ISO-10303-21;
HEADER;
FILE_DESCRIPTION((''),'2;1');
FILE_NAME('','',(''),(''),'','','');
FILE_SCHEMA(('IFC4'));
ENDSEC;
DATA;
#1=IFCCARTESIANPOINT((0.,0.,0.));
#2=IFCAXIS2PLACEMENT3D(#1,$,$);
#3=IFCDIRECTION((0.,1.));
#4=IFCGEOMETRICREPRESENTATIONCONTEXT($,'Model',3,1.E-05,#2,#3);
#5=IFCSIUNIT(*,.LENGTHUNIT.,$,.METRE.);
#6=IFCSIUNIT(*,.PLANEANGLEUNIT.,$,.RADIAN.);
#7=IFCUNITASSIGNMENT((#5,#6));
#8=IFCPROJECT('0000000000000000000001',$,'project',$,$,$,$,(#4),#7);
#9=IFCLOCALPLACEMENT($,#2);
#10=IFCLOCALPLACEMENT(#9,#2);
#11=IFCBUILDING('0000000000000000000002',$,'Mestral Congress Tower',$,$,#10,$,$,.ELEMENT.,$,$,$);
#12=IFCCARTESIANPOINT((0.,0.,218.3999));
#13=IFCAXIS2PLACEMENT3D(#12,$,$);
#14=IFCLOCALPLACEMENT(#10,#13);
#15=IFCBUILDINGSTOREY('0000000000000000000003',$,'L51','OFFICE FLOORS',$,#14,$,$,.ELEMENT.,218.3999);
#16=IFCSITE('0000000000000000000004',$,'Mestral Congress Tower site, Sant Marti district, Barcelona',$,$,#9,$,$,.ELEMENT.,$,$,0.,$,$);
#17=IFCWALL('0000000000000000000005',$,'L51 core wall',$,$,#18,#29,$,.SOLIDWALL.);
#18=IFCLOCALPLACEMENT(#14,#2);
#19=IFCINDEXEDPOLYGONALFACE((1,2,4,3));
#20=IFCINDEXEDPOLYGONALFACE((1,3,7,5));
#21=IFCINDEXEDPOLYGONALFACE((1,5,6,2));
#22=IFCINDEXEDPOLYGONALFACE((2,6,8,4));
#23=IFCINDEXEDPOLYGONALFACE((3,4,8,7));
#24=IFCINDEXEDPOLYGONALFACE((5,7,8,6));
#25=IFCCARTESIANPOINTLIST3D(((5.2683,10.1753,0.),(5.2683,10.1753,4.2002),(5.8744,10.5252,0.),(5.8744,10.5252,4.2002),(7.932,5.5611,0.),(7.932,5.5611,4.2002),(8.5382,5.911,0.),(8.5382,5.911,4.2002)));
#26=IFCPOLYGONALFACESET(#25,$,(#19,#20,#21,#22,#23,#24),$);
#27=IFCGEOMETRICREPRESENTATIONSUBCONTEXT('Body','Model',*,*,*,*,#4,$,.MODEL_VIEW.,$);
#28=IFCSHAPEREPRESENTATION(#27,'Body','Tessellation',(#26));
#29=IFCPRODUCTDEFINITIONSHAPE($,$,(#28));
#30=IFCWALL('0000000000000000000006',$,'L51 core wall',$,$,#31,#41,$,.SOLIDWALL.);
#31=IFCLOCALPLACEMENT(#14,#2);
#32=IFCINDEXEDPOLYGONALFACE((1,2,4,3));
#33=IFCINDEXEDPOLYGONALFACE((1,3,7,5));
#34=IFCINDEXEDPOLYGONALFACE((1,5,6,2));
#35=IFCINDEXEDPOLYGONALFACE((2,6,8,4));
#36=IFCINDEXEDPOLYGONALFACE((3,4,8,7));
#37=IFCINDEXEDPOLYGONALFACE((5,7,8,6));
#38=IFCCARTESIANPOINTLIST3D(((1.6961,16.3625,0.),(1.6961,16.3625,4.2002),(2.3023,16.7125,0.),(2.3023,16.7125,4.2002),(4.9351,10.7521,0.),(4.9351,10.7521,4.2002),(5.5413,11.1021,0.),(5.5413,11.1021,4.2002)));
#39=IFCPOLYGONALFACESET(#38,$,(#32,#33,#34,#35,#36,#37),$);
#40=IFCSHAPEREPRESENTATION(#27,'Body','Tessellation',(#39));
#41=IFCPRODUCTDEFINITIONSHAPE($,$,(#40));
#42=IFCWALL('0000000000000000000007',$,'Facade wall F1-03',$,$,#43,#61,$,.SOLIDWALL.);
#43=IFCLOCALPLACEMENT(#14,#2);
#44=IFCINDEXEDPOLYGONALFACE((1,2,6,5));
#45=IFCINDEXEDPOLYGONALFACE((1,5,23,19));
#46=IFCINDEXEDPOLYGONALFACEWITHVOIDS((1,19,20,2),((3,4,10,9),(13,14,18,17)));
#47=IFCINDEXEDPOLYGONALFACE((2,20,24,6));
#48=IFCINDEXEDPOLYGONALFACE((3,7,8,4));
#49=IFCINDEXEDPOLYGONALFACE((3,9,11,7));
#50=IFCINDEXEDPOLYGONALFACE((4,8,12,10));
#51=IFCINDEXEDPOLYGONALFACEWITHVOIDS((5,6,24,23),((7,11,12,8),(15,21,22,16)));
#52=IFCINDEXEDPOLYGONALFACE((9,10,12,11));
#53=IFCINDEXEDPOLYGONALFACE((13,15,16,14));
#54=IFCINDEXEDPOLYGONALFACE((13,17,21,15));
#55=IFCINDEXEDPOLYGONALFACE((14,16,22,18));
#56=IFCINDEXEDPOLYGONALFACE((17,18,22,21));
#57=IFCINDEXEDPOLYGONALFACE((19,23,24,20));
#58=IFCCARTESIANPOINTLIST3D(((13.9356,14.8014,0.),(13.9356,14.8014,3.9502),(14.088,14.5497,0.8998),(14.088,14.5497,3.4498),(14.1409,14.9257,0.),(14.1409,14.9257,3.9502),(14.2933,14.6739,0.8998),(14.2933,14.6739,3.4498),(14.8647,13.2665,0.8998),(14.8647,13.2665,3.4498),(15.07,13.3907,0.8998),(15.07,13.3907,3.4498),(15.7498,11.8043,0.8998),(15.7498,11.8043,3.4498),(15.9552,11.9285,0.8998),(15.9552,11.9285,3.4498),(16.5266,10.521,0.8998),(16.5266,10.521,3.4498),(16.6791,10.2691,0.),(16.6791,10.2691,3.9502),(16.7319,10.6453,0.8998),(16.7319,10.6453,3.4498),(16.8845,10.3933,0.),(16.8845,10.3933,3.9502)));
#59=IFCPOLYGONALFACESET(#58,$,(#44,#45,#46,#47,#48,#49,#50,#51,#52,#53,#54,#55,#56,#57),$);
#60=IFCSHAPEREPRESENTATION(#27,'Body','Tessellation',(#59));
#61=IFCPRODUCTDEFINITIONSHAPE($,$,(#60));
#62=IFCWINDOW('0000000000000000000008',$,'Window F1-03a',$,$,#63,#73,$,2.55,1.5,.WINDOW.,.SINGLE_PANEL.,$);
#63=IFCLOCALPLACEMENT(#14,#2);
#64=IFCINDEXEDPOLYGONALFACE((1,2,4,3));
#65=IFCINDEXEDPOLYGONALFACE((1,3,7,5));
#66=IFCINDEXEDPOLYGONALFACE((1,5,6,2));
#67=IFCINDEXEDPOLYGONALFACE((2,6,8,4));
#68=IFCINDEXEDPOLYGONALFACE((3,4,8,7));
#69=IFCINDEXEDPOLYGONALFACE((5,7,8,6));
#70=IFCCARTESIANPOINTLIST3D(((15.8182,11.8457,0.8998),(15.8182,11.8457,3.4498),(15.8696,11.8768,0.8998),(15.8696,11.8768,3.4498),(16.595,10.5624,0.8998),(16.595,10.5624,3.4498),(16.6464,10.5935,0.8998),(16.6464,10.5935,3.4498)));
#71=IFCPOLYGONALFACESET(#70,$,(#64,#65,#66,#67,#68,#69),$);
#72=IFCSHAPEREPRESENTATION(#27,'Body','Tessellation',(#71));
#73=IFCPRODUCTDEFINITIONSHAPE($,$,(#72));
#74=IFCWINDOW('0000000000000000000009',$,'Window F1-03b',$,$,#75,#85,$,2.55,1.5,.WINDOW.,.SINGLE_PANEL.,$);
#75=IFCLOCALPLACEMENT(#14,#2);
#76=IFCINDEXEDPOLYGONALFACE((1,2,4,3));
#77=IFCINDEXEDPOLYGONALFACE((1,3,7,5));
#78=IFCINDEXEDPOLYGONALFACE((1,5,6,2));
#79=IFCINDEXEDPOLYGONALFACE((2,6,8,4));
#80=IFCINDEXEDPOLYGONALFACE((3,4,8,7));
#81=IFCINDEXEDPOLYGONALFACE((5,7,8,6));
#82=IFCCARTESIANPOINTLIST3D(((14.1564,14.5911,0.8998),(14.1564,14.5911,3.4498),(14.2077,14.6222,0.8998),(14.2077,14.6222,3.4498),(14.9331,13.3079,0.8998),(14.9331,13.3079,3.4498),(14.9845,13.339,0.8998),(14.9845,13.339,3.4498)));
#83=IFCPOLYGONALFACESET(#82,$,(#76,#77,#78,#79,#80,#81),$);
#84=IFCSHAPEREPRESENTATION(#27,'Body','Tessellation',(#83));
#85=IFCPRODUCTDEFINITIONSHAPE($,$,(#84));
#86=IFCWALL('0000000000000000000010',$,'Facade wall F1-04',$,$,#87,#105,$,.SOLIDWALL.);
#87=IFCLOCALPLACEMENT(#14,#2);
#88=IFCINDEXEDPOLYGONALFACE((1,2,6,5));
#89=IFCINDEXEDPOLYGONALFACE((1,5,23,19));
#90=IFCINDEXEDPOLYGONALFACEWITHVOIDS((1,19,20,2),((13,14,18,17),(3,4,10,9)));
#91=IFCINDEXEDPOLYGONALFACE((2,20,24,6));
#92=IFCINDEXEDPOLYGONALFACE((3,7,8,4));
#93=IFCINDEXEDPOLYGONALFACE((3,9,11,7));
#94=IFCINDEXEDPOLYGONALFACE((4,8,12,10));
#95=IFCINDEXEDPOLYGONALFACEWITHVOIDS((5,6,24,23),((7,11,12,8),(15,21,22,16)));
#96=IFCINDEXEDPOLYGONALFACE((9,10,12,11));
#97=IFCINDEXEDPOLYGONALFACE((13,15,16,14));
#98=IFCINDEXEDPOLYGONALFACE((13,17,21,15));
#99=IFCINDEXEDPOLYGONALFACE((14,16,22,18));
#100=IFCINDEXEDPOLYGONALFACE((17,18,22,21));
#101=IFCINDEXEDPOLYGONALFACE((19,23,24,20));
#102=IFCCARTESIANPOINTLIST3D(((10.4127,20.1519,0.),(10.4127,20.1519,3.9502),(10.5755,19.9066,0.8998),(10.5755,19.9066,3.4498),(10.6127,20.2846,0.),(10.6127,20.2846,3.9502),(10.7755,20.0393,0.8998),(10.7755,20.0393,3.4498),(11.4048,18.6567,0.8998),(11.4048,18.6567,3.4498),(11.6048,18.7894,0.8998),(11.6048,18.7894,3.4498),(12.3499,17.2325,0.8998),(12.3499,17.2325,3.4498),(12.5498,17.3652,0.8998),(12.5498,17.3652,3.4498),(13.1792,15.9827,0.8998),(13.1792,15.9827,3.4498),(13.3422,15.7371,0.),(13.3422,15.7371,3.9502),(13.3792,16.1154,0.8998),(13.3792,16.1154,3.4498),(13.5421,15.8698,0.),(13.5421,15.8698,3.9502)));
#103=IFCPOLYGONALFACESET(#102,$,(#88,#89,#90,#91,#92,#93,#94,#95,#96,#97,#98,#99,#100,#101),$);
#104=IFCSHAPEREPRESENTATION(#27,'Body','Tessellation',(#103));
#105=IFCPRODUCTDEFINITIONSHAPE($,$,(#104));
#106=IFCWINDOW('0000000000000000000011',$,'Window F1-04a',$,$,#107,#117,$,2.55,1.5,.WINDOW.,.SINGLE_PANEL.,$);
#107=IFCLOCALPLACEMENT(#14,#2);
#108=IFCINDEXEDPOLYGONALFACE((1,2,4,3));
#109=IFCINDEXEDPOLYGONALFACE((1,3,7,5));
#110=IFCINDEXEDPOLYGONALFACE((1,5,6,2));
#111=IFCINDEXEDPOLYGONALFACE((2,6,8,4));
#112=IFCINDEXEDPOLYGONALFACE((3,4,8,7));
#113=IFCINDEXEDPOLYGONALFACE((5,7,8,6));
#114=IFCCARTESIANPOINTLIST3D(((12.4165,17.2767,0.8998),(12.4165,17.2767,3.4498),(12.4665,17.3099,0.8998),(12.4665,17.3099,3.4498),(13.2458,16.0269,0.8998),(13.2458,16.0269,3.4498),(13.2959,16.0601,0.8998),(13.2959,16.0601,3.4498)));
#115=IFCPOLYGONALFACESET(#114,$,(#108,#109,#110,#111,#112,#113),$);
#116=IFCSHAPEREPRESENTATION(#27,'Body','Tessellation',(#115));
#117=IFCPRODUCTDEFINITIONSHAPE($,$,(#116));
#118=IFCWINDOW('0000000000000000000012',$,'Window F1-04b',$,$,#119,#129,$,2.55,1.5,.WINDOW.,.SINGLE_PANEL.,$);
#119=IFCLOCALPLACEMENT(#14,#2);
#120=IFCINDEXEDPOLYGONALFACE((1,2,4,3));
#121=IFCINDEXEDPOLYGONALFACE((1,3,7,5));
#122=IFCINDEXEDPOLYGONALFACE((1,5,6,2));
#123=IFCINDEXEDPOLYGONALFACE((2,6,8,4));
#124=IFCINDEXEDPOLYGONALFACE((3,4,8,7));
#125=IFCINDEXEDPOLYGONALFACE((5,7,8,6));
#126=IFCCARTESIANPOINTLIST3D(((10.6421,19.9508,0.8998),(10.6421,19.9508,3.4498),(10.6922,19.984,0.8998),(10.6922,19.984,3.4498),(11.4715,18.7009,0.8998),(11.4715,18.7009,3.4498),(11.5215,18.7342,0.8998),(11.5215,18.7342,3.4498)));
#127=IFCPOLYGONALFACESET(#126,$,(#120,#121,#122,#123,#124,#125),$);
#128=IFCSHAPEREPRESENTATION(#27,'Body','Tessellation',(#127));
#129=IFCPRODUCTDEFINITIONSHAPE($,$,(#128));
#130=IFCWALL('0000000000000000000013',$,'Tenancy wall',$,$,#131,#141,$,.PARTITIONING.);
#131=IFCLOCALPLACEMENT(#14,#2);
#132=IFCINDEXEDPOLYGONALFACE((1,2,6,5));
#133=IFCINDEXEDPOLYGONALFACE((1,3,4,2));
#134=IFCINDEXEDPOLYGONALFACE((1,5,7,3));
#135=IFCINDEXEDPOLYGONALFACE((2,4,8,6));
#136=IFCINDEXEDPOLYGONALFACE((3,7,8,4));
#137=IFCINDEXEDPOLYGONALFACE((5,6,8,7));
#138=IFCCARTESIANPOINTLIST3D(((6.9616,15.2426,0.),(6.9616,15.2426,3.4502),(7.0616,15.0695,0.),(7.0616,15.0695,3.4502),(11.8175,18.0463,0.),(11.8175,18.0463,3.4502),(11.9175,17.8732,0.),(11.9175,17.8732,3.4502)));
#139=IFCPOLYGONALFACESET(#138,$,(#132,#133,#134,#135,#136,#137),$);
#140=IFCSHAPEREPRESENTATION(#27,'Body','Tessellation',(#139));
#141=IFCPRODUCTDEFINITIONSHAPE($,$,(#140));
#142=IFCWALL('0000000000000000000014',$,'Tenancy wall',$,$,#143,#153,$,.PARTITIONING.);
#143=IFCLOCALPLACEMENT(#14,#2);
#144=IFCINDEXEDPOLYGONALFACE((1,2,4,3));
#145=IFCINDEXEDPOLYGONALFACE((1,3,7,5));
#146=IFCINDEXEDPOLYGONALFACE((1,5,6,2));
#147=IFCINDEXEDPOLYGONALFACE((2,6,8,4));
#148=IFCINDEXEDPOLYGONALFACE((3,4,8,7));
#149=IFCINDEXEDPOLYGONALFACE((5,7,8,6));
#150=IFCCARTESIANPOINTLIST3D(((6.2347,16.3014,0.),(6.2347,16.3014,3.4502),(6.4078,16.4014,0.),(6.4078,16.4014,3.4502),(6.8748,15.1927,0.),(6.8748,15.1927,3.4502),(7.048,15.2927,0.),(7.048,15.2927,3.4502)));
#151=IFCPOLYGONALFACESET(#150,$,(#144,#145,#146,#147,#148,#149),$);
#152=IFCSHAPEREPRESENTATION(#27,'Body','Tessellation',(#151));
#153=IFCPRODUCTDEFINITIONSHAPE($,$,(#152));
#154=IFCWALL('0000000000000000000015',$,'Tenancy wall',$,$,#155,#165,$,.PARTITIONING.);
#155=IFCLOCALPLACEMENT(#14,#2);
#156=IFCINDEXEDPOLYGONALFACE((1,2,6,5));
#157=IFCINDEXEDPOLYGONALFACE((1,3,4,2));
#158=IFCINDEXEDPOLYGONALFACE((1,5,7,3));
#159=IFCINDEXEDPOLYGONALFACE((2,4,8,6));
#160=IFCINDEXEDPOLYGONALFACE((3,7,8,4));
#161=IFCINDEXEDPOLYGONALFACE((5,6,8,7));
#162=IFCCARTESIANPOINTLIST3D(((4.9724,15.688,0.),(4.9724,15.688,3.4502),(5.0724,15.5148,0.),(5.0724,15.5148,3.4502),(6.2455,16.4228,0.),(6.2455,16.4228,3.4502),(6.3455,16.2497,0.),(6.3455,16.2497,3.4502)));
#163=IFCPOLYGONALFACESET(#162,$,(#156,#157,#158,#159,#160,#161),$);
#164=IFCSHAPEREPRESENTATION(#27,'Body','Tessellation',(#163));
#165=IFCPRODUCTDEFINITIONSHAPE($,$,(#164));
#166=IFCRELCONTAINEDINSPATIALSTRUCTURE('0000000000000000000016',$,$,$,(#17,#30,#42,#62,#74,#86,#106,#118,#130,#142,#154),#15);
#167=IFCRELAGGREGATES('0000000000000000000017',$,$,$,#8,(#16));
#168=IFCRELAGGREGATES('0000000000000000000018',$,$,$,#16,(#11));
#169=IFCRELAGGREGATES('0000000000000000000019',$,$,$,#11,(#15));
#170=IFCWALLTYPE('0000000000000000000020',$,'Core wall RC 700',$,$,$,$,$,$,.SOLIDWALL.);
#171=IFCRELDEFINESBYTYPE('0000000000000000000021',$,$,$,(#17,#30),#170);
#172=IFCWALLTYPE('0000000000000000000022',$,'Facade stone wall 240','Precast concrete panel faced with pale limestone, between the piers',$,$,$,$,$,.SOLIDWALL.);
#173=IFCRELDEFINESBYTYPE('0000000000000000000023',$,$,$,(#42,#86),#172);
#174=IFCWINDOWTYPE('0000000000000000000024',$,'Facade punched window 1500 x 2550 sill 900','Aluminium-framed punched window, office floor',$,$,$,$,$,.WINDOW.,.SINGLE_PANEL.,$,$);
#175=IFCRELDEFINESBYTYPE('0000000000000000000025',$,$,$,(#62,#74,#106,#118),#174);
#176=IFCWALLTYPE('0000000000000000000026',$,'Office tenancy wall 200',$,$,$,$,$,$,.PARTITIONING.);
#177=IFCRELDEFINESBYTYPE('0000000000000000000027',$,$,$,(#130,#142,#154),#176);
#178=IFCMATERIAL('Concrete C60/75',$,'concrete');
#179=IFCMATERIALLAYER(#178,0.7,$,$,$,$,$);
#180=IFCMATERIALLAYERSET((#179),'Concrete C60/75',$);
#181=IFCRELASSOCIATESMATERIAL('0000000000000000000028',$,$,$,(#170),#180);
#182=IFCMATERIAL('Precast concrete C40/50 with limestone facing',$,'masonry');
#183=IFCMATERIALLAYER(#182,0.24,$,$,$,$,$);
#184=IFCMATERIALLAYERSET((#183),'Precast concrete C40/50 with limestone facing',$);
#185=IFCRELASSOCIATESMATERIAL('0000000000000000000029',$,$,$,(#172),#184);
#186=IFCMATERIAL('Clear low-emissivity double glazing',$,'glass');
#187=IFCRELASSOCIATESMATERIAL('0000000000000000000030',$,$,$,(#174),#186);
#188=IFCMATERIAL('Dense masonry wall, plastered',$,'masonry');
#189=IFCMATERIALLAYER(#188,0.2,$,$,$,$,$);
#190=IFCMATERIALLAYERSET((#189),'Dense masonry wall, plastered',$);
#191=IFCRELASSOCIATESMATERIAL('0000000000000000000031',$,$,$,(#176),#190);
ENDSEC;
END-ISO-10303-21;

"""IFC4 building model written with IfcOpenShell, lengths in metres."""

from ifc_helpers import new_model, si_unit, direction, frame, frame_2d, origin, place, context, subcontext, project, spatial, rectangle, extrude, material, layer, layer_set, type_object, element, fill, save


model = new_model("IFC4")

# Units and contexts
model_context = context("Model", 3, precision=1e-05, world=origin(), true_north=direction((0.0, 1.0)))
body_context = subcontext(model_context, "Body", "Model", "MODEL_VIEW")
ifc_project = project(units=[si_unit("LENGTHUNIT", "METRE"), si_unit("PLANEANGLEUNIT", "RADIAN")], contexts=[model_context])

# Site, building, storey
site_placement = place(None, origin())
site = spatial("IfcSite", under=ifc_project, at=site_placement, Name="Mestral Congress Tower site, Sant Marti district, Barcelona", CompositionType="ELEMENT", RefElevation=0.0)
building_placement = place(site_placement, origin())
building = spatial("IfcBuilding", under=site, at=building_placement, Name="Mestral Congress Tower", CompositionType="ELEMENT")
storey_placement = place(building_placement, frame((0.0, 0.0, 218.3999)))
storey = spatial("IfcBuildingStorey", under=building, at=storey_placement, Name="L51", Description="OFFICE FLOORS", CompositionType="ELEMENT", Elevation=218.3999)

# Shared definitions
ifc_material_1 = material(Name="Concrete C60/75", Category="concrete")

# Walls
ifc_layer_1 = layer(ifc_material_1, 0.7)
ifc_layer_set_1 = layer_set([ifc_layer_1], Name="Concrete C60/75")
wall_type_1 = type_object("IfcWallType", Name="Core wall RC 700", PredefinedType="SOLIDWALL", material=ifc_layer_set_1)
wall_1_placement = place(storey_placement, frame((5.5713, 10.3503, 0.0), z_axis=(0.0, 0.0, 1.0), x_axis=(0.499968, -0.866044, 0.0)))
element("IfcWall", 1, at=wall_1_placement, inside=storey, type_object=wall_type_1, Name="L51 core wall", PredefinedType="SOLIDWALL", context=body_context, shape_type="SweptSolid", body=[
    extrude(rectangle(XDim=5.3279, YDim=0.7, at=frame_2d((2.6641, 0.0))), origin(), (0.0, 0.0, 1.0), 4.2002),
])
wall_2_placement = place(storey_placement, frame((5.2383, 10.927, 0.0), z_axis=(0.0, 0.0, 1.0), x_axis=(-0.499986, 0.866034, 0.0)))
element("IfcWall", 2, at=wall_2_placement, inside=storey, type_object=wall_type_1, Name="L51 core wall", PredefinedType="SOLIDWALL", context=body_context, shape_type="SweptSolid", body=[
    extrude(rectangle(XDim=6.4783, YDim=0.7, at=frame_2d((3.2393, 0.0))), origin(), (0.0, 0.0, 1.0), 4.2002),
])

# Walls, openings, windows
ifc_material_2 = material(Name="Precast concrete C40/50 with limestone facing", Category="masonry")
ifc_layer_2 = layer(ifc_material_2, 0.24)
ifc_layer_set_2 = layer_set([ifc_layer_2], Name="Precast concrete C40/50 with limestone facing")
wall_type_2 = type_object("IfcWallType", Name="Facade stone wall 240", Description="Precast concrete panel faced with pale limestone, between the piers", PredefinedType="SOLIDWALL", material=ifc_layer_set_2)
wall_3_placement = place(storey_placement, frame((16.7817, 10.3313, 0.0), z_axis=(0.0, 0.0, 1.0), x_axis=(-0.517846, 0.855474, 0.0)))
wall_3 = element("IfcWall", 3, at=wall_3_placement, inside=storey, type_object=wall_type_2, Name="Facade wall F1-03", PredefinedType="SOLIDWALL", context=body_context, shape_type="SweptSolid", body=[
    extrude(rectangle(XDim=5.2981, YDim=0.24, at=frame_2d((2.6489, 0.0))), origin(), (0.0, 0.0, 1.0), 3.9502),
])
opening_1_placement = place(wall_3_placement, frame((0.2944, 0.0, 0.8999)))
opening_1 = element("IfcOpeningElement", 4, at=opening_1_placement, cuts=wall_3, PredefinedType="OPENING", context=body_context, shape_type="SweptSolid", body=[
    extrude(rectangle(XDim=1.5, YDim=2.55, at=frame_2d((0.75, 1.2749))), frame((0.0, 0.1299, 0.0), z_axis=(0.0, -1.0, 0.0), x_axis=(1.0, 0.0, 0.0)), (0.0, 0.0, 1.0), 0.26),
])
opening_2_placement = place(wall_3_placement, frame((3.5037, 0.0, 0.8999)))
opening_2 = element("IfcOpeningElement", 5, at=opening_2_placement, cuts=wall_3, PredefinedType="OPENING", context=body_context, shape_type="SweptSolid", body=[
    extrude(rectangle(XDim=1.5, YDim=2.55, at=frame_2d((0.75, 1.2749))), frame((0.0, 0.1299, 0.0), z_axis=(0.0, -1.0, 0.0), x_axis=(1.0, 0.0, 0.0)), (0.0, 0.0, 1.0), 0.26),
])
ifc_material_3 = material(Name="Clear low-emissivity double glazing", Category="glass")
window_type = type_object("IfcWindowType", Name="Facade punched window 1500 x 2550 sill 900", Description="Aluminium-framed punched window, office floor", PartitioningType="SINGLE_PANEL", PredefinedType="WINDOW", material=ifc_material_3)
window_1_placement = place(opening_1_placement, origin())
window_1 = element("IfcWindow", 6, at=window_1_placement, inside=storey, type_object=window_type, Name="Window F1-03a", OverallHeight=2.55, OverallWidth=1.5, PartitioningType="SINGLE_PANEL", PredefinedType="WINDOW", context=body_context, shape_type="SweptSolid", body=[
    extrude(rectangle(XDim=1.5, YDim=2.55, at=frame_2d((0.75, 1.2749))), frame((0.0, 0.04, 0.0), z_axis=(0.0, -1.0, 0.0), x_axis=(1.0, 0.0, 0.0)), (0.0, 0.0, 1.0), 0.0601),
])
fill(opening_1, window_1)
window_2_placement = place(opening_2_placement, origin())
window_2 = element("IfcWindow", 7, at=window_2_placement, inside=storey, type_object=window_type, Name="Window F1-03b", OverallHeight=2.55, OverallWidth=1.5, PartitioningType="SINGLE_PANEL", PredefinedType="WINDOW", context=body_context, shape_type="SweptSolid", body=[
    extrude(rectangle(XDim=1.5, YDim=2.55, at=frame_2d((0.75, 1.2749))), frame((0.0, 0.04, 0.0), z_axis=(0.0, -1.0, 0.0), x_axis=(1.0, 0.0, 0.0)), (0.0, 0.0, 1.0), 0.0601),
])
fill(opening_2, window_2)
wall_4_placement = place(storey_placement, frame((13.4421, 15.8035, 0.0), z_axis=(0.0, 0.0, 1.0), x_axis=(-0.552902, 0.833246, 0.0)))
wall_4 = element("IfcWall", 8, at=wall_4_placement, inside=storey, type_object=wall_type_2, Name="Facade wall F1-04", PredefinedType="SOLIDWALL", context=body_context, shape_type="SweptSolid", body=[
    extrude(rectangle(XDim=5.2983, YDim=0.24, at=frame_2d((2.6492, 0.0))), origin(), (0.0, 0.0, 1.0), 3.9502),
])
opening_3_placement = place(wall_4_placement, frame((0.2947, 0.0, 0.8999)))
opening_3 = element("IfcOpeningElement", 9, at=opening_3_placement, cuts=wall_4, PredefinedType="OPENING", context=body_context, shape_type="SweptSolid", body=[
    extrude(rectangle(XDim=1.5, YDim=2.55, at=frame_2d((0.75, 1.2749))), frame((0.0, 0.1299, 0.0), z_axis=(0.0, -1.0, 0.0), x_axis=(1.0, 0.0, 0.0)), (0.0, 0.0, 1.0), 0.26),
])
opening_4_placement = place(wall_4_placement, frame((3.5039, 0.0, 0.8999)))
opening_4 = element("IfcOpeningElement", 10, at=opening_4_placement, cuts=wall_4, PredefinedType="OPENING", context=body_context, shape_type="SweptSolid", body=[
    extrude(rectangle(XDim=1.5, YDim=2.55, at=frame_2d((0.75, 1.2749))), frame((0.0, 0.1299, 0.0), z_axis=(0.0, -1.0, 0.0), x_axis=(1.0, 0.0, 0.0)), (0.0, 0.0, 1.0), 0.26),
])
window_3_placement = place(opening_3_placement, origin())
window_3 = element("IfcWindow", 11, at=window_3_placement, inside=storey, type_object=window_type, Name="Window F1-04a", OverallHeight=2.55, OverallWidth=1.5, PartitioningType="SINGLE_PANEL", PredefinedType="WINDOW", context=body_context, shape_type="SweptSolid", body=[
    extrude(rectangle(XDim=1.5, YDim=2.55, at=frame_2d((0.75, 1.2749))), frame((0.0, 0.04, 0.0), z_axis=(0.0, -1.0, 0.0), x_axis=(1.0, 0.0, 0.0)), (0.0, 0.0, 1.0), 0.0601),
])
fill(opening_3, window_3)
window_4_placement = place(opening_4_placement, origin())
window_4 = element("IfcWindow", 12, at=window_4_placement, inside=storey, type_object=window_type, Name="Window F1-04b", OverallHeight=2.55, OverallWidth=1.5, PartitioningType="SINGLE_PANEL", PredefinedType="WINDOW", context=body_context, shape_type="SweptSolid", body=[
    extrude(rectangle(XDim=1.5, YDim=2.55, at=frame_2d((0.75, 1.2749))), frame((0.0, 0.04, 0.0), z_axis=(0.0, -1.0, 0.0), x_axis=(1.0, 0.0, 0.0)), (0.0, 0.0, 1.0), 0.0601),
])
fill(opening_4, window_4)

# Walls
ifc_material_4 = material(Name="Dense masonry wall, plastered", Category="masonry")
ifc_layer_3 = layer(ifc_material_4, 0.2)
ifc_layer_set_3 = layer_set([ifc_layer_3], Name="Dense masonry wall, plastered")
wall_type_3 = type_object("IfcWallType", Name="Office tenancy wall 200", PredefinedType="PARTITIONING", material=ifc_layer_set_3)
wall_5_placement = place(storey_placement, frame((7.0115, 15.156, 0.0), z_axis=(0.0, 0.0, 1.0), x_axis=(0.866016, 0.500016, 0.0)))
element("IfcWall", 13, at=wall_5_placement, inside=storey, type_object=wall_type_3, Name="Tenancy wall", PredefinedType="PARTITIONING", context=body_context, shape_type="SweptSolid", body=[
    extrude(rectangle(XDim=5.6072, YDim=0.2, at=frame_2d((2.8037, 0.0))), origin(), (0.0, 0.0, 1.0), 3.4502),
])
wall_6_placement = place(storey_placement, frame((6.9614, 15.2427, 0.0), z_axis=(0.0, 0.0, 1.0), x_axis=(-0.500036, 0.866005, 0.0)))
element("IfcWall", 14, at=wall_6_placement, inside=storey, type_object=wall_type_3, Name="Tenancy wall", PredefinedType="PARTITIONING", context=body_context, shape_type="SweptSolid", body=[
    extrude(rectangle(XDim=1.2803, YDim=0.2, at=frame_2d((0.6401, 0.0))), origin(), (0.0, 0.0, 1.0), 3.4502),
])
wall_7_placement = place(storey_placement, frame((6.2954, 16.3362, 0.0), z_axis=(0.0, 0.0, 1.0), x_axis=(-0.866089, -0.49989, 0.0)))
element("IfcWall", 15, at=wall_7_placement, inside=storey, type_object=wall_type_3, Name="Tenancy wall", PredefinedType="PARTITIONING", context=body_context, shape_type="SweptSolid", body=[
    extrude(rectangle(XDim=1.47, YDim=0.2, at=frame_2d((0.7349, 0.0))), origin(), (0.0, 0.0, 1.0), 3.4502),
])

save(model, "model.ifc")
